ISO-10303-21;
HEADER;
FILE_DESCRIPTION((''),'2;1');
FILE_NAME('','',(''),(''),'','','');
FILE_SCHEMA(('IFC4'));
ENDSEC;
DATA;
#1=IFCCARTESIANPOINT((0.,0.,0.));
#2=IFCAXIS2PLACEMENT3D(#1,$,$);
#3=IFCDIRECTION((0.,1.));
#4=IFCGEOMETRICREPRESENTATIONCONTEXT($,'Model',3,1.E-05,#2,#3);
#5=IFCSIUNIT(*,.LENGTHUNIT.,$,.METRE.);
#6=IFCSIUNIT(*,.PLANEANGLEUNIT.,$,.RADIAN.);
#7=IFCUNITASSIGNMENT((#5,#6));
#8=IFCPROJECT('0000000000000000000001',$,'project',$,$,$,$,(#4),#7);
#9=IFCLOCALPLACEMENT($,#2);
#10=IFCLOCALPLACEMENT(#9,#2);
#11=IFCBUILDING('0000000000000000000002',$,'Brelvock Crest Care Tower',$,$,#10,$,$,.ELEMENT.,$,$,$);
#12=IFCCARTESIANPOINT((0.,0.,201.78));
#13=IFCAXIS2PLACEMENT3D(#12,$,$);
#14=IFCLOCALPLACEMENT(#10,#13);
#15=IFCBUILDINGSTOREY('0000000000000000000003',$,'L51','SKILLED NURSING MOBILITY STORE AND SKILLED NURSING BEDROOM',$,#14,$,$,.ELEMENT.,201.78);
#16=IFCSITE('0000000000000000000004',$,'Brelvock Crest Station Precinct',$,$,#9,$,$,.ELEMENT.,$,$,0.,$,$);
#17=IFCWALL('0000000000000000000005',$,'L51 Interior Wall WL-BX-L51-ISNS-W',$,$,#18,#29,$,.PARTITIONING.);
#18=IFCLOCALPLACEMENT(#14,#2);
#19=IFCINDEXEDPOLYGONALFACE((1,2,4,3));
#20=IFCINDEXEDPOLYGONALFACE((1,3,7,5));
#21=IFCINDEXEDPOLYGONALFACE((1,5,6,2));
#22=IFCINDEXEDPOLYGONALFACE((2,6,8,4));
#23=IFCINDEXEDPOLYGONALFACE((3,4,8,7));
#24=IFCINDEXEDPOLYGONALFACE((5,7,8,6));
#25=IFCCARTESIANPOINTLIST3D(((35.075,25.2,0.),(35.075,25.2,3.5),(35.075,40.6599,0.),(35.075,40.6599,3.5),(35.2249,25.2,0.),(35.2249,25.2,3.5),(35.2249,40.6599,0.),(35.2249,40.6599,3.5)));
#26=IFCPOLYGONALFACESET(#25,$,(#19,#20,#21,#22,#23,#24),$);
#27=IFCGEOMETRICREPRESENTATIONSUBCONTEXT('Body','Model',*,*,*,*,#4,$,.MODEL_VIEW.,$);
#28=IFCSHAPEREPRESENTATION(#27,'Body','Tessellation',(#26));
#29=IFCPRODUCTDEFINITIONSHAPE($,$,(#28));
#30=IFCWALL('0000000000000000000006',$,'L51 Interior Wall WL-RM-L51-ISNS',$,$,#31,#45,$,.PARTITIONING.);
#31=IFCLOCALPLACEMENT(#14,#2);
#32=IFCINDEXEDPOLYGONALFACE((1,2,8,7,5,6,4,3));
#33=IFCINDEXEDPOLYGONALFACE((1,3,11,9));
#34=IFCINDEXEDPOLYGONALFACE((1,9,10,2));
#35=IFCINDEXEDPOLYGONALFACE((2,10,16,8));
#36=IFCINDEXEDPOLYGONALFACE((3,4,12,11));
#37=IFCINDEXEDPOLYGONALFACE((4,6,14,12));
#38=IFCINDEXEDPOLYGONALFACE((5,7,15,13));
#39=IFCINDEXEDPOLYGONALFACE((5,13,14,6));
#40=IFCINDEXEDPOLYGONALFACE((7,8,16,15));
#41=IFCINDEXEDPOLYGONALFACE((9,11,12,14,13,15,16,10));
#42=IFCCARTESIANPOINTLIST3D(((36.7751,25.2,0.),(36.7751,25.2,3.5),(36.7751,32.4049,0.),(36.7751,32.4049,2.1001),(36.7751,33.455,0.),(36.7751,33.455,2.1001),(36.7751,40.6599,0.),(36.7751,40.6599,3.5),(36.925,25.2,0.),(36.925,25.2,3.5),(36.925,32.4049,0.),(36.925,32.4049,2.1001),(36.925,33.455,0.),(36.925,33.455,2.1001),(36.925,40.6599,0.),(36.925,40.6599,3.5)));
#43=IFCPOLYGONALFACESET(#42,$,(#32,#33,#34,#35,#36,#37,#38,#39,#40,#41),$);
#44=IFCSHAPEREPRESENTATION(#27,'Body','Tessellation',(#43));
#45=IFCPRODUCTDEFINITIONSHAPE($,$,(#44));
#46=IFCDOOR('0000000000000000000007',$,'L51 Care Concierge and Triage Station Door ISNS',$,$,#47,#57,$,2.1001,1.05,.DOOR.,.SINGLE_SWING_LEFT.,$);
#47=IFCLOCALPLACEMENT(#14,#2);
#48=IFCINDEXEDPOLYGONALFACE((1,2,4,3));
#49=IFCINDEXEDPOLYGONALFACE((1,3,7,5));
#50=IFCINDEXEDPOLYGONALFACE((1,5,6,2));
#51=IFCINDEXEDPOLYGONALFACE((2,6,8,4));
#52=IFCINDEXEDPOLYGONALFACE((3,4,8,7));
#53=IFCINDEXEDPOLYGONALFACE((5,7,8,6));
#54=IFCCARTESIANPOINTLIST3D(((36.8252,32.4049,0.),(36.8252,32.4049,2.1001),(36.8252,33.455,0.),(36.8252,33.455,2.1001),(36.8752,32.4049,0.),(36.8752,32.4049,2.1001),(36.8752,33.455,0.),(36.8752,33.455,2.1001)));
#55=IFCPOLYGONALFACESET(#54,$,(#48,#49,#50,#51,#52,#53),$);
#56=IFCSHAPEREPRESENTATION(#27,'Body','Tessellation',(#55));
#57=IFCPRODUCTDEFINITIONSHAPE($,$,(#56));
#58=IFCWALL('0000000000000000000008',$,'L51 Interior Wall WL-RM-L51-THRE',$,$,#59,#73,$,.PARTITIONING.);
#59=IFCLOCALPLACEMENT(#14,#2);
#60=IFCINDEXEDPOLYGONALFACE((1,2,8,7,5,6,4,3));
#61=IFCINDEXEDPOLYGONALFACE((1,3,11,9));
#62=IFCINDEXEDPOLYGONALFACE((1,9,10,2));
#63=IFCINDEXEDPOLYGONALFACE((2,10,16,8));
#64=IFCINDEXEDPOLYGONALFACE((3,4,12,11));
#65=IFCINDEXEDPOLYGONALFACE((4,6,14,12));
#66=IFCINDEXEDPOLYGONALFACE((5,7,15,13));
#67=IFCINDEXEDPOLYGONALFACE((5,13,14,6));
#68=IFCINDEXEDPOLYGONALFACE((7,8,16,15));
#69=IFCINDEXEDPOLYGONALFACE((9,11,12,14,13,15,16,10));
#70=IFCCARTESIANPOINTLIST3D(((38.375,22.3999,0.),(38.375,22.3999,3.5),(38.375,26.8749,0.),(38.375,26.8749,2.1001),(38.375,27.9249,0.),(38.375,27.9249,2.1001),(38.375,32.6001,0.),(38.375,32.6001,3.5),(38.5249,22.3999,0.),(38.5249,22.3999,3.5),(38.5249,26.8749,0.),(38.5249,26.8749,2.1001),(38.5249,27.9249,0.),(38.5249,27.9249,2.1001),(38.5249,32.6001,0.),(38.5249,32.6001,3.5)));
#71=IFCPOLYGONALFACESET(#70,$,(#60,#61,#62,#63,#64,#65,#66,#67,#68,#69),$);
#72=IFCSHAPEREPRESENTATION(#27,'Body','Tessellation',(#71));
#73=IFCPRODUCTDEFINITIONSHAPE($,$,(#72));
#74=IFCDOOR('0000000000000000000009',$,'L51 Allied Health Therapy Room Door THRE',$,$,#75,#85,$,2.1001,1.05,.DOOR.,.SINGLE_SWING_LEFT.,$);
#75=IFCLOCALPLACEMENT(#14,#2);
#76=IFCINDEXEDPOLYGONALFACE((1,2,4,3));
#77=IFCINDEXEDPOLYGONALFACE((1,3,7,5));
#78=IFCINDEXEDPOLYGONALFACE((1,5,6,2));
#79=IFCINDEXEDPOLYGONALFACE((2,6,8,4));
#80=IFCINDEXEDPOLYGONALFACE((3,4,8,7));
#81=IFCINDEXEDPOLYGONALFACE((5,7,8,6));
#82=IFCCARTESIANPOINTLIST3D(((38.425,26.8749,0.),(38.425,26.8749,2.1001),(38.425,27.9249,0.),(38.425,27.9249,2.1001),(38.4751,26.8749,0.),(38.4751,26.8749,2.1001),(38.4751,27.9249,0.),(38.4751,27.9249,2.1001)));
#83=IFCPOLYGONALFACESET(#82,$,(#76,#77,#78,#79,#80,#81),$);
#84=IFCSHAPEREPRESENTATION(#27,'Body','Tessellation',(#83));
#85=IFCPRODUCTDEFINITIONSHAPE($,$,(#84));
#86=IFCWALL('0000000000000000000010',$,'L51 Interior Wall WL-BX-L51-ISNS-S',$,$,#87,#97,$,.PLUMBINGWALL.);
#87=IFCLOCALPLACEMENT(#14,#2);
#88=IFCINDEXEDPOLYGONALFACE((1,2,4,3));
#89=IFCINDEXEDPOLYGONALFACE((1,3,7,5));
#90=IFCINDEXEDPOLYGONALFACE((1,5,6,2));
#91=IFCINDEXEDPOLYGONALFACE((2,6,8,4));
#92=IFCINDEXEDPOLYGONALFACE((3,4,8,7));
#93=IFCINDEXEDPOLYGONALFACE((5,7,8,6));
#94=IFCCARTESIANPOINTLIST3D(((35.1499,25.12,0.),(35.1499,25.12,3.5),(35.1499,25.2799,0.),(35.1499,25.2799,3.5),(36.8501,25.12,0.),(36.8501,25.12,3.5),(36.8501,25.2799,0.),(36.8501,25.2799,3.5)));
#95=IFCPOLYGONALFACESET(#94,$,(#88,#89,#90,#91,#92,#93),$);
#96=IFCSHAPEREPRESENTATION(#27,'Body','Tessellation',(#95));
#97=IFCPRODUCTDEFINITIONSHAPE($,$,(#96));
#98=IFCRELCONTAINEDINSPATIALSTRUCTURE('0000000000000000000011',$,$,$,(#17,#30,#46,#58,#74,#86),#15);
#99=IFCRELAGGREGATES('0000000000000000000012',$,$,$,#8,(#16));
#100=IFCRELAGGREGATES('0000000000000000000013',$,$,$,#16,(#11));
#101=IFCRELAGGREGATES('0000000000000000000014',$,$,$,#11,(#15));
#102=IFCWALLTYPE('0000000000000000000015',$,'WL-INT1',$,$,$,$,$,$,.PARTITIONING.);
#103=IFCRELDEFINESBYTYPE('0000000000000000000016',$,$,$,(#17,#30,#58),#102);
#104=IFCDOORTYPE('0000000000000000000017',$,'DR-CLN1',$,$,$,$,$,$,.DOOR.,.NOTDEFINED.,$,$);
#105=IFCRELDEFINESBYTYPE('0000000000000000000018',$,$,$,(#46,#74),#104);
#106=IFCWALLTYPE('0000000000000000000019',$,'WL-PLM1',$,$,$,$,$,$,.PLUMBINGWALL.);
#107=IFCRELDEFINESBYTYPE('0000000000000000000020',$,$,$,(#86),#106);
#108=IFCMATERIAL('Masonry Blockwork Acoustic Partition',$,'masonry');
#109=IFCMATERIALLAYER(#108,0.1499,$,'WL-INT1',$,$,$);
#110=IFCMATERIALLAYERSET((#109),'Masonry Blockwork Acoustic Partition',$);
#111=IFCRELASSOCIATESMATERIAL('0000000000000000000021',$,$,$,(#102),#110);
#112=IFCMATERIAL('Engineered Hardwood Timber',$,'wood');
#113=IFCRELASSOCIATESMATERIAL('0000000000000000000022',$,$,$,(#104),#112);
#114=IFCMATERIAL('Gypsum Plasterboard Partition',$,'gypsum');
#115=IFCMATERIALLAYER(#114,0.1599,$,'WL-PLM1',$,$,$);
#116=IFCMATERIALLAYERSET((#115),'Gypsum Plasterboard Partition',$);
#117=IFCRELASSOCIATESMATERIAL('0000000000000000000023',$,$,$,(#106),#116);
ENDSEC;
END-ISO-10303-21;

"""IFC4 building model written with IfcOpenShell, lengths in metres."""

from ifc_helpers import new_model, si_unit, direction, frame, frame_2d, origin, origin_2d, place, context, subcontext, project, spatial, rectangle, extrude, source, transform, mapped, material, layer, layer_set, type_object, element, fill, save


model = new_model("IFC4")

# Units and contexts
model_context = context("Model", 3, precision=1e-05, world=origin(), true_north=direction((0.0, 1.0)))
body_context = subcontext(model_context, "Body", "Model", "MODEL_VIEW")
ifc_project = project(units=[si_unit("LENGTHUNIT", "METRE"), si_unit("PLANEANGLEUNIT", "RADIAN")], contexts=[model_context])

# Site, building, storey
site_placement = place(None, origin())
site = spatial("IfcSite", under=ifc_project, at=site_placement, Name="Brelvock Crest Station Precinct", CompositionType="ELEMENT", RefElevation=0.0)
building_placement = place(site_placement, origin())
building = spatial("IfcBuilding", under=site, at=building_placement, Name="Brelvock Crest Care Tower", CompositionType="ELEMENT")
storey_placement = place(building_placement, frame((0.0, 0.0, 201.78)))
storey = spatial("IfcBuildingStorey", under=building, at=storey_placement, Name="L51", Description="SKILLED NURSING MOBILITY STORE AND SKILLED NURSING BEDROOM", CompositionType="ELEMENT", Elevation=201.78)

# Wall
ifc_material_1 = material(Name="Masonry Blockwork Acoustic Partition", Category="masonry")
ifc_layer_1 = layer(ifc_material_1, 0.1499, Name="WL-INT1")
ifc_layer_set_1 = layer_set([ifc_layer_1], Name="Masonry Blockwork Acoustic Partition")
wall_type_1 = type_object("IfcWallType", Name="WL-INT1", PredefinedType="PARTITIONING", material=ifc_layer_set_1)
wall_1_placement = place(storey_placement, frame((35.1499, 25.2, 0.0), z_axis=(0.0, 0.0, 1.0), x_axis=(0.0, 1.0, 0.0)))
element("IfcWall", 1, at=wall_1_placement, inside=storey, type_object=wall_type_1, Name="L51 Interior Wall WL-BX-L51-ISNS-W", PredefinedType="PARTITIONING", context=body_context, shape_type="SweptSolid", body=[
    extrude(rectangle(XDim=15.46, YDim=0.1499, at=frame_2d((7.73, 0.0))), origin(), (0.0, 0.0, 1.0), 3.5),
])

# Walls, openings, doors
wall_2_placement = place(storey_placement, frame((36.8501, 25.2, 0.0), z_axis=(0.0, 0.0, 1.0), x_axis=(0.0, 1.0, 0.0)))
wall_2 = element("IfcWall", 2, at=wall_2_placement, inside=storey, type_object=wall_type_1, Name="L51 Interior Wall WL-RM-L51-ISNS", PredefinedType="PARTITIONING", context=body_context, shape_type="SweptSolid", body=[
    extrude(rectangle(XDim=15.46, YDim=0.1499, at=frame_2d((7.73, 0.0))), origin(), (0.0, 0.0, 1.0), 3.5),
])
opening_1_placement = place(wall_2_placement, frame((7.2051, 0.0, 0.0)))
opening_1 = element("IfcOpeningElement", 3, at=opening_1_placement, cuts=wall_2, PredefinedType="OPENING", context=body_context, shape_type="SweptSolid", body=[
    extrude(rectangle(XDim=1.05, YDim=2.1001, at=origin_2d()), frame((0.5249, 0.085, 1.05), z_axis=(0.0, -1.0, 0.0), x_axis=(1.0, 0.0, 0.0)), (0.0, 0.0, 1.0), 0.1699),
])
ifc_material_2 = material(Name="Engineered Hardwood Timber", Category="wood")
door_type = type_object("IfcDoorType", Name="DR-CLN1", OperationType="NOTDEFINED", PredefinedType="DOOR", material=ifc_material_2)
shared_shape_1 = source(origin(), body_context, "Body", "SweptSolid", [
    extrude(rectangle(XDim=1.05, YDim=2.1001, at=origin_2d()), frame((0.5249, 0.0249, 1.05), z_axis=(0.0, -1.0, 0.0), x_axis=(1.0, 0.0, 0.0)), (0.0, 0.0, 1.0), 0.05),
])
door_1_placement = place(opening_1_placement, origin())
door_1 = element("IfcDoor", 4, at=door_1_placement, inside=storey, type_object=door_type, Name="L51 Care Concierge and Triage Station Door ISNS", OperationType="SINGLE_SWING_LEFT", OverallHeight=2.1001, OverallWidth=1.05, PredefinedType="DOOR", context=body_context, shape_type="MappedRepresentation", body=[
    mapped(shared_shape_1, transform((0.0, 0.0, 0.0), x_axis=(1.0, 0.0, 0.0), y_axis=(0.0, 1.0, 0.0), z_axis=(0.0, 0.0, 1.0), scale=1.0)),
])
fill(opening_1, door_1)
wall_3_placement = place(storey_placement, frame((38.45, 22.3999, 0.0), z_axis=(0.0, 0.0, 1.0), x_axis=(0.0, 1.0, 0.0)))
wall_3 = element("IfcWall", 5, at=wall_3_placement, inside=storey, type_object=wall_type_1, Name="L51 Interior Wall WL-RM-L51-THRE", PredefinedType="PARTITIONING", context=body_context, shape_type="SweptSolid", body=[
    extrude(rectangle(XDim=10.2002, YDim=0.1499, at=frame_2d((5.1001, 0.0))), origin(), (0.0, 0.0, 1.0), 3.5),
])
opening_2_placement = place(wall_3_placement, frame((4.4751, 0.0, 0.0)))
opening_2 = element("IfcOpeningElement", 6, at=opening_2_placement, cuts=wall_3, PredefinedType="OPENING", context=body_context, shape_type="SweptSolid", body=[
    extrude(rectangle(XDim=1.05, YDim=2.1001, at=origin_2d()), frame((0.5249, 0.085, 1.05), z_axis=(0.0, -1.0, 0.0), x_axis=(1.0, 0.0, 0.0)), (0.0, 0.0, 1.0), 0.1699),
])
door_2_placement = place(opening_2_placement, origin())
door_2 = element("IfcDoor", 7, at=door_2_placement, inside=storey, type_object=door_type, Name="L51 Allied Health Therapy Room Door THRE", OperationType="SINGLE_SWING_LEFT", OverallHeight=2.1001, OverallWidth=1.05, PredefinedType="DOOR", context=body_context, shape_type="MappedRepresentation", body=[
    mapped(shared_shape_1, transform((0.0, 0.0, 0.0), x_axis=(1.0, 0.0, 0.0), y_axis=(0.0, 1.0, 0.0), z_axis=(0.0, 0.0, 1.0), scale=1.0)),
])
fill(opening_2, door_2)

# Wall
ifc_material_3 = material(Name="Gypsum Plasterboard Partition", Category="gypsum")
ifc_layer_2 = layer(ifc_material_3, 0.1599, Name="WL-PLM1")
ifc_layer_set_2 = layer_set([ifc_layer_2], Name="Gypsum Plasterboard Partition")
wall_type_2 = type_object("IfcWallType", Name="WL-PLM1", PredefinedType="PLUMBINGWALL", material=ifc_layer_set_2)
wall_4_placement = place(storey_placement, frame((35.1499, 25.2, 0.0), z_axis=(0.0, 0.0, 1.0), x_axis=(1.0, 0.0, 0.0)))
element("IfcWall", 8, at=wall_4_placement, inside=storey, type_object=wall_type_2, Name="L51 Interior Wall WL-BX-L51-ISNS-S", PredefinedType="PLUMBINGWALL", context=body_context, shape_type="SweptSolid", body=[
    extrude(rectangle(XDim=1.7002, YDim=0.1599, at=frame_2d((0.8501, 0.0))), origin(), (0.0, 0.0, 1.0), 3.5),
])

save(model, "model.ifc")
